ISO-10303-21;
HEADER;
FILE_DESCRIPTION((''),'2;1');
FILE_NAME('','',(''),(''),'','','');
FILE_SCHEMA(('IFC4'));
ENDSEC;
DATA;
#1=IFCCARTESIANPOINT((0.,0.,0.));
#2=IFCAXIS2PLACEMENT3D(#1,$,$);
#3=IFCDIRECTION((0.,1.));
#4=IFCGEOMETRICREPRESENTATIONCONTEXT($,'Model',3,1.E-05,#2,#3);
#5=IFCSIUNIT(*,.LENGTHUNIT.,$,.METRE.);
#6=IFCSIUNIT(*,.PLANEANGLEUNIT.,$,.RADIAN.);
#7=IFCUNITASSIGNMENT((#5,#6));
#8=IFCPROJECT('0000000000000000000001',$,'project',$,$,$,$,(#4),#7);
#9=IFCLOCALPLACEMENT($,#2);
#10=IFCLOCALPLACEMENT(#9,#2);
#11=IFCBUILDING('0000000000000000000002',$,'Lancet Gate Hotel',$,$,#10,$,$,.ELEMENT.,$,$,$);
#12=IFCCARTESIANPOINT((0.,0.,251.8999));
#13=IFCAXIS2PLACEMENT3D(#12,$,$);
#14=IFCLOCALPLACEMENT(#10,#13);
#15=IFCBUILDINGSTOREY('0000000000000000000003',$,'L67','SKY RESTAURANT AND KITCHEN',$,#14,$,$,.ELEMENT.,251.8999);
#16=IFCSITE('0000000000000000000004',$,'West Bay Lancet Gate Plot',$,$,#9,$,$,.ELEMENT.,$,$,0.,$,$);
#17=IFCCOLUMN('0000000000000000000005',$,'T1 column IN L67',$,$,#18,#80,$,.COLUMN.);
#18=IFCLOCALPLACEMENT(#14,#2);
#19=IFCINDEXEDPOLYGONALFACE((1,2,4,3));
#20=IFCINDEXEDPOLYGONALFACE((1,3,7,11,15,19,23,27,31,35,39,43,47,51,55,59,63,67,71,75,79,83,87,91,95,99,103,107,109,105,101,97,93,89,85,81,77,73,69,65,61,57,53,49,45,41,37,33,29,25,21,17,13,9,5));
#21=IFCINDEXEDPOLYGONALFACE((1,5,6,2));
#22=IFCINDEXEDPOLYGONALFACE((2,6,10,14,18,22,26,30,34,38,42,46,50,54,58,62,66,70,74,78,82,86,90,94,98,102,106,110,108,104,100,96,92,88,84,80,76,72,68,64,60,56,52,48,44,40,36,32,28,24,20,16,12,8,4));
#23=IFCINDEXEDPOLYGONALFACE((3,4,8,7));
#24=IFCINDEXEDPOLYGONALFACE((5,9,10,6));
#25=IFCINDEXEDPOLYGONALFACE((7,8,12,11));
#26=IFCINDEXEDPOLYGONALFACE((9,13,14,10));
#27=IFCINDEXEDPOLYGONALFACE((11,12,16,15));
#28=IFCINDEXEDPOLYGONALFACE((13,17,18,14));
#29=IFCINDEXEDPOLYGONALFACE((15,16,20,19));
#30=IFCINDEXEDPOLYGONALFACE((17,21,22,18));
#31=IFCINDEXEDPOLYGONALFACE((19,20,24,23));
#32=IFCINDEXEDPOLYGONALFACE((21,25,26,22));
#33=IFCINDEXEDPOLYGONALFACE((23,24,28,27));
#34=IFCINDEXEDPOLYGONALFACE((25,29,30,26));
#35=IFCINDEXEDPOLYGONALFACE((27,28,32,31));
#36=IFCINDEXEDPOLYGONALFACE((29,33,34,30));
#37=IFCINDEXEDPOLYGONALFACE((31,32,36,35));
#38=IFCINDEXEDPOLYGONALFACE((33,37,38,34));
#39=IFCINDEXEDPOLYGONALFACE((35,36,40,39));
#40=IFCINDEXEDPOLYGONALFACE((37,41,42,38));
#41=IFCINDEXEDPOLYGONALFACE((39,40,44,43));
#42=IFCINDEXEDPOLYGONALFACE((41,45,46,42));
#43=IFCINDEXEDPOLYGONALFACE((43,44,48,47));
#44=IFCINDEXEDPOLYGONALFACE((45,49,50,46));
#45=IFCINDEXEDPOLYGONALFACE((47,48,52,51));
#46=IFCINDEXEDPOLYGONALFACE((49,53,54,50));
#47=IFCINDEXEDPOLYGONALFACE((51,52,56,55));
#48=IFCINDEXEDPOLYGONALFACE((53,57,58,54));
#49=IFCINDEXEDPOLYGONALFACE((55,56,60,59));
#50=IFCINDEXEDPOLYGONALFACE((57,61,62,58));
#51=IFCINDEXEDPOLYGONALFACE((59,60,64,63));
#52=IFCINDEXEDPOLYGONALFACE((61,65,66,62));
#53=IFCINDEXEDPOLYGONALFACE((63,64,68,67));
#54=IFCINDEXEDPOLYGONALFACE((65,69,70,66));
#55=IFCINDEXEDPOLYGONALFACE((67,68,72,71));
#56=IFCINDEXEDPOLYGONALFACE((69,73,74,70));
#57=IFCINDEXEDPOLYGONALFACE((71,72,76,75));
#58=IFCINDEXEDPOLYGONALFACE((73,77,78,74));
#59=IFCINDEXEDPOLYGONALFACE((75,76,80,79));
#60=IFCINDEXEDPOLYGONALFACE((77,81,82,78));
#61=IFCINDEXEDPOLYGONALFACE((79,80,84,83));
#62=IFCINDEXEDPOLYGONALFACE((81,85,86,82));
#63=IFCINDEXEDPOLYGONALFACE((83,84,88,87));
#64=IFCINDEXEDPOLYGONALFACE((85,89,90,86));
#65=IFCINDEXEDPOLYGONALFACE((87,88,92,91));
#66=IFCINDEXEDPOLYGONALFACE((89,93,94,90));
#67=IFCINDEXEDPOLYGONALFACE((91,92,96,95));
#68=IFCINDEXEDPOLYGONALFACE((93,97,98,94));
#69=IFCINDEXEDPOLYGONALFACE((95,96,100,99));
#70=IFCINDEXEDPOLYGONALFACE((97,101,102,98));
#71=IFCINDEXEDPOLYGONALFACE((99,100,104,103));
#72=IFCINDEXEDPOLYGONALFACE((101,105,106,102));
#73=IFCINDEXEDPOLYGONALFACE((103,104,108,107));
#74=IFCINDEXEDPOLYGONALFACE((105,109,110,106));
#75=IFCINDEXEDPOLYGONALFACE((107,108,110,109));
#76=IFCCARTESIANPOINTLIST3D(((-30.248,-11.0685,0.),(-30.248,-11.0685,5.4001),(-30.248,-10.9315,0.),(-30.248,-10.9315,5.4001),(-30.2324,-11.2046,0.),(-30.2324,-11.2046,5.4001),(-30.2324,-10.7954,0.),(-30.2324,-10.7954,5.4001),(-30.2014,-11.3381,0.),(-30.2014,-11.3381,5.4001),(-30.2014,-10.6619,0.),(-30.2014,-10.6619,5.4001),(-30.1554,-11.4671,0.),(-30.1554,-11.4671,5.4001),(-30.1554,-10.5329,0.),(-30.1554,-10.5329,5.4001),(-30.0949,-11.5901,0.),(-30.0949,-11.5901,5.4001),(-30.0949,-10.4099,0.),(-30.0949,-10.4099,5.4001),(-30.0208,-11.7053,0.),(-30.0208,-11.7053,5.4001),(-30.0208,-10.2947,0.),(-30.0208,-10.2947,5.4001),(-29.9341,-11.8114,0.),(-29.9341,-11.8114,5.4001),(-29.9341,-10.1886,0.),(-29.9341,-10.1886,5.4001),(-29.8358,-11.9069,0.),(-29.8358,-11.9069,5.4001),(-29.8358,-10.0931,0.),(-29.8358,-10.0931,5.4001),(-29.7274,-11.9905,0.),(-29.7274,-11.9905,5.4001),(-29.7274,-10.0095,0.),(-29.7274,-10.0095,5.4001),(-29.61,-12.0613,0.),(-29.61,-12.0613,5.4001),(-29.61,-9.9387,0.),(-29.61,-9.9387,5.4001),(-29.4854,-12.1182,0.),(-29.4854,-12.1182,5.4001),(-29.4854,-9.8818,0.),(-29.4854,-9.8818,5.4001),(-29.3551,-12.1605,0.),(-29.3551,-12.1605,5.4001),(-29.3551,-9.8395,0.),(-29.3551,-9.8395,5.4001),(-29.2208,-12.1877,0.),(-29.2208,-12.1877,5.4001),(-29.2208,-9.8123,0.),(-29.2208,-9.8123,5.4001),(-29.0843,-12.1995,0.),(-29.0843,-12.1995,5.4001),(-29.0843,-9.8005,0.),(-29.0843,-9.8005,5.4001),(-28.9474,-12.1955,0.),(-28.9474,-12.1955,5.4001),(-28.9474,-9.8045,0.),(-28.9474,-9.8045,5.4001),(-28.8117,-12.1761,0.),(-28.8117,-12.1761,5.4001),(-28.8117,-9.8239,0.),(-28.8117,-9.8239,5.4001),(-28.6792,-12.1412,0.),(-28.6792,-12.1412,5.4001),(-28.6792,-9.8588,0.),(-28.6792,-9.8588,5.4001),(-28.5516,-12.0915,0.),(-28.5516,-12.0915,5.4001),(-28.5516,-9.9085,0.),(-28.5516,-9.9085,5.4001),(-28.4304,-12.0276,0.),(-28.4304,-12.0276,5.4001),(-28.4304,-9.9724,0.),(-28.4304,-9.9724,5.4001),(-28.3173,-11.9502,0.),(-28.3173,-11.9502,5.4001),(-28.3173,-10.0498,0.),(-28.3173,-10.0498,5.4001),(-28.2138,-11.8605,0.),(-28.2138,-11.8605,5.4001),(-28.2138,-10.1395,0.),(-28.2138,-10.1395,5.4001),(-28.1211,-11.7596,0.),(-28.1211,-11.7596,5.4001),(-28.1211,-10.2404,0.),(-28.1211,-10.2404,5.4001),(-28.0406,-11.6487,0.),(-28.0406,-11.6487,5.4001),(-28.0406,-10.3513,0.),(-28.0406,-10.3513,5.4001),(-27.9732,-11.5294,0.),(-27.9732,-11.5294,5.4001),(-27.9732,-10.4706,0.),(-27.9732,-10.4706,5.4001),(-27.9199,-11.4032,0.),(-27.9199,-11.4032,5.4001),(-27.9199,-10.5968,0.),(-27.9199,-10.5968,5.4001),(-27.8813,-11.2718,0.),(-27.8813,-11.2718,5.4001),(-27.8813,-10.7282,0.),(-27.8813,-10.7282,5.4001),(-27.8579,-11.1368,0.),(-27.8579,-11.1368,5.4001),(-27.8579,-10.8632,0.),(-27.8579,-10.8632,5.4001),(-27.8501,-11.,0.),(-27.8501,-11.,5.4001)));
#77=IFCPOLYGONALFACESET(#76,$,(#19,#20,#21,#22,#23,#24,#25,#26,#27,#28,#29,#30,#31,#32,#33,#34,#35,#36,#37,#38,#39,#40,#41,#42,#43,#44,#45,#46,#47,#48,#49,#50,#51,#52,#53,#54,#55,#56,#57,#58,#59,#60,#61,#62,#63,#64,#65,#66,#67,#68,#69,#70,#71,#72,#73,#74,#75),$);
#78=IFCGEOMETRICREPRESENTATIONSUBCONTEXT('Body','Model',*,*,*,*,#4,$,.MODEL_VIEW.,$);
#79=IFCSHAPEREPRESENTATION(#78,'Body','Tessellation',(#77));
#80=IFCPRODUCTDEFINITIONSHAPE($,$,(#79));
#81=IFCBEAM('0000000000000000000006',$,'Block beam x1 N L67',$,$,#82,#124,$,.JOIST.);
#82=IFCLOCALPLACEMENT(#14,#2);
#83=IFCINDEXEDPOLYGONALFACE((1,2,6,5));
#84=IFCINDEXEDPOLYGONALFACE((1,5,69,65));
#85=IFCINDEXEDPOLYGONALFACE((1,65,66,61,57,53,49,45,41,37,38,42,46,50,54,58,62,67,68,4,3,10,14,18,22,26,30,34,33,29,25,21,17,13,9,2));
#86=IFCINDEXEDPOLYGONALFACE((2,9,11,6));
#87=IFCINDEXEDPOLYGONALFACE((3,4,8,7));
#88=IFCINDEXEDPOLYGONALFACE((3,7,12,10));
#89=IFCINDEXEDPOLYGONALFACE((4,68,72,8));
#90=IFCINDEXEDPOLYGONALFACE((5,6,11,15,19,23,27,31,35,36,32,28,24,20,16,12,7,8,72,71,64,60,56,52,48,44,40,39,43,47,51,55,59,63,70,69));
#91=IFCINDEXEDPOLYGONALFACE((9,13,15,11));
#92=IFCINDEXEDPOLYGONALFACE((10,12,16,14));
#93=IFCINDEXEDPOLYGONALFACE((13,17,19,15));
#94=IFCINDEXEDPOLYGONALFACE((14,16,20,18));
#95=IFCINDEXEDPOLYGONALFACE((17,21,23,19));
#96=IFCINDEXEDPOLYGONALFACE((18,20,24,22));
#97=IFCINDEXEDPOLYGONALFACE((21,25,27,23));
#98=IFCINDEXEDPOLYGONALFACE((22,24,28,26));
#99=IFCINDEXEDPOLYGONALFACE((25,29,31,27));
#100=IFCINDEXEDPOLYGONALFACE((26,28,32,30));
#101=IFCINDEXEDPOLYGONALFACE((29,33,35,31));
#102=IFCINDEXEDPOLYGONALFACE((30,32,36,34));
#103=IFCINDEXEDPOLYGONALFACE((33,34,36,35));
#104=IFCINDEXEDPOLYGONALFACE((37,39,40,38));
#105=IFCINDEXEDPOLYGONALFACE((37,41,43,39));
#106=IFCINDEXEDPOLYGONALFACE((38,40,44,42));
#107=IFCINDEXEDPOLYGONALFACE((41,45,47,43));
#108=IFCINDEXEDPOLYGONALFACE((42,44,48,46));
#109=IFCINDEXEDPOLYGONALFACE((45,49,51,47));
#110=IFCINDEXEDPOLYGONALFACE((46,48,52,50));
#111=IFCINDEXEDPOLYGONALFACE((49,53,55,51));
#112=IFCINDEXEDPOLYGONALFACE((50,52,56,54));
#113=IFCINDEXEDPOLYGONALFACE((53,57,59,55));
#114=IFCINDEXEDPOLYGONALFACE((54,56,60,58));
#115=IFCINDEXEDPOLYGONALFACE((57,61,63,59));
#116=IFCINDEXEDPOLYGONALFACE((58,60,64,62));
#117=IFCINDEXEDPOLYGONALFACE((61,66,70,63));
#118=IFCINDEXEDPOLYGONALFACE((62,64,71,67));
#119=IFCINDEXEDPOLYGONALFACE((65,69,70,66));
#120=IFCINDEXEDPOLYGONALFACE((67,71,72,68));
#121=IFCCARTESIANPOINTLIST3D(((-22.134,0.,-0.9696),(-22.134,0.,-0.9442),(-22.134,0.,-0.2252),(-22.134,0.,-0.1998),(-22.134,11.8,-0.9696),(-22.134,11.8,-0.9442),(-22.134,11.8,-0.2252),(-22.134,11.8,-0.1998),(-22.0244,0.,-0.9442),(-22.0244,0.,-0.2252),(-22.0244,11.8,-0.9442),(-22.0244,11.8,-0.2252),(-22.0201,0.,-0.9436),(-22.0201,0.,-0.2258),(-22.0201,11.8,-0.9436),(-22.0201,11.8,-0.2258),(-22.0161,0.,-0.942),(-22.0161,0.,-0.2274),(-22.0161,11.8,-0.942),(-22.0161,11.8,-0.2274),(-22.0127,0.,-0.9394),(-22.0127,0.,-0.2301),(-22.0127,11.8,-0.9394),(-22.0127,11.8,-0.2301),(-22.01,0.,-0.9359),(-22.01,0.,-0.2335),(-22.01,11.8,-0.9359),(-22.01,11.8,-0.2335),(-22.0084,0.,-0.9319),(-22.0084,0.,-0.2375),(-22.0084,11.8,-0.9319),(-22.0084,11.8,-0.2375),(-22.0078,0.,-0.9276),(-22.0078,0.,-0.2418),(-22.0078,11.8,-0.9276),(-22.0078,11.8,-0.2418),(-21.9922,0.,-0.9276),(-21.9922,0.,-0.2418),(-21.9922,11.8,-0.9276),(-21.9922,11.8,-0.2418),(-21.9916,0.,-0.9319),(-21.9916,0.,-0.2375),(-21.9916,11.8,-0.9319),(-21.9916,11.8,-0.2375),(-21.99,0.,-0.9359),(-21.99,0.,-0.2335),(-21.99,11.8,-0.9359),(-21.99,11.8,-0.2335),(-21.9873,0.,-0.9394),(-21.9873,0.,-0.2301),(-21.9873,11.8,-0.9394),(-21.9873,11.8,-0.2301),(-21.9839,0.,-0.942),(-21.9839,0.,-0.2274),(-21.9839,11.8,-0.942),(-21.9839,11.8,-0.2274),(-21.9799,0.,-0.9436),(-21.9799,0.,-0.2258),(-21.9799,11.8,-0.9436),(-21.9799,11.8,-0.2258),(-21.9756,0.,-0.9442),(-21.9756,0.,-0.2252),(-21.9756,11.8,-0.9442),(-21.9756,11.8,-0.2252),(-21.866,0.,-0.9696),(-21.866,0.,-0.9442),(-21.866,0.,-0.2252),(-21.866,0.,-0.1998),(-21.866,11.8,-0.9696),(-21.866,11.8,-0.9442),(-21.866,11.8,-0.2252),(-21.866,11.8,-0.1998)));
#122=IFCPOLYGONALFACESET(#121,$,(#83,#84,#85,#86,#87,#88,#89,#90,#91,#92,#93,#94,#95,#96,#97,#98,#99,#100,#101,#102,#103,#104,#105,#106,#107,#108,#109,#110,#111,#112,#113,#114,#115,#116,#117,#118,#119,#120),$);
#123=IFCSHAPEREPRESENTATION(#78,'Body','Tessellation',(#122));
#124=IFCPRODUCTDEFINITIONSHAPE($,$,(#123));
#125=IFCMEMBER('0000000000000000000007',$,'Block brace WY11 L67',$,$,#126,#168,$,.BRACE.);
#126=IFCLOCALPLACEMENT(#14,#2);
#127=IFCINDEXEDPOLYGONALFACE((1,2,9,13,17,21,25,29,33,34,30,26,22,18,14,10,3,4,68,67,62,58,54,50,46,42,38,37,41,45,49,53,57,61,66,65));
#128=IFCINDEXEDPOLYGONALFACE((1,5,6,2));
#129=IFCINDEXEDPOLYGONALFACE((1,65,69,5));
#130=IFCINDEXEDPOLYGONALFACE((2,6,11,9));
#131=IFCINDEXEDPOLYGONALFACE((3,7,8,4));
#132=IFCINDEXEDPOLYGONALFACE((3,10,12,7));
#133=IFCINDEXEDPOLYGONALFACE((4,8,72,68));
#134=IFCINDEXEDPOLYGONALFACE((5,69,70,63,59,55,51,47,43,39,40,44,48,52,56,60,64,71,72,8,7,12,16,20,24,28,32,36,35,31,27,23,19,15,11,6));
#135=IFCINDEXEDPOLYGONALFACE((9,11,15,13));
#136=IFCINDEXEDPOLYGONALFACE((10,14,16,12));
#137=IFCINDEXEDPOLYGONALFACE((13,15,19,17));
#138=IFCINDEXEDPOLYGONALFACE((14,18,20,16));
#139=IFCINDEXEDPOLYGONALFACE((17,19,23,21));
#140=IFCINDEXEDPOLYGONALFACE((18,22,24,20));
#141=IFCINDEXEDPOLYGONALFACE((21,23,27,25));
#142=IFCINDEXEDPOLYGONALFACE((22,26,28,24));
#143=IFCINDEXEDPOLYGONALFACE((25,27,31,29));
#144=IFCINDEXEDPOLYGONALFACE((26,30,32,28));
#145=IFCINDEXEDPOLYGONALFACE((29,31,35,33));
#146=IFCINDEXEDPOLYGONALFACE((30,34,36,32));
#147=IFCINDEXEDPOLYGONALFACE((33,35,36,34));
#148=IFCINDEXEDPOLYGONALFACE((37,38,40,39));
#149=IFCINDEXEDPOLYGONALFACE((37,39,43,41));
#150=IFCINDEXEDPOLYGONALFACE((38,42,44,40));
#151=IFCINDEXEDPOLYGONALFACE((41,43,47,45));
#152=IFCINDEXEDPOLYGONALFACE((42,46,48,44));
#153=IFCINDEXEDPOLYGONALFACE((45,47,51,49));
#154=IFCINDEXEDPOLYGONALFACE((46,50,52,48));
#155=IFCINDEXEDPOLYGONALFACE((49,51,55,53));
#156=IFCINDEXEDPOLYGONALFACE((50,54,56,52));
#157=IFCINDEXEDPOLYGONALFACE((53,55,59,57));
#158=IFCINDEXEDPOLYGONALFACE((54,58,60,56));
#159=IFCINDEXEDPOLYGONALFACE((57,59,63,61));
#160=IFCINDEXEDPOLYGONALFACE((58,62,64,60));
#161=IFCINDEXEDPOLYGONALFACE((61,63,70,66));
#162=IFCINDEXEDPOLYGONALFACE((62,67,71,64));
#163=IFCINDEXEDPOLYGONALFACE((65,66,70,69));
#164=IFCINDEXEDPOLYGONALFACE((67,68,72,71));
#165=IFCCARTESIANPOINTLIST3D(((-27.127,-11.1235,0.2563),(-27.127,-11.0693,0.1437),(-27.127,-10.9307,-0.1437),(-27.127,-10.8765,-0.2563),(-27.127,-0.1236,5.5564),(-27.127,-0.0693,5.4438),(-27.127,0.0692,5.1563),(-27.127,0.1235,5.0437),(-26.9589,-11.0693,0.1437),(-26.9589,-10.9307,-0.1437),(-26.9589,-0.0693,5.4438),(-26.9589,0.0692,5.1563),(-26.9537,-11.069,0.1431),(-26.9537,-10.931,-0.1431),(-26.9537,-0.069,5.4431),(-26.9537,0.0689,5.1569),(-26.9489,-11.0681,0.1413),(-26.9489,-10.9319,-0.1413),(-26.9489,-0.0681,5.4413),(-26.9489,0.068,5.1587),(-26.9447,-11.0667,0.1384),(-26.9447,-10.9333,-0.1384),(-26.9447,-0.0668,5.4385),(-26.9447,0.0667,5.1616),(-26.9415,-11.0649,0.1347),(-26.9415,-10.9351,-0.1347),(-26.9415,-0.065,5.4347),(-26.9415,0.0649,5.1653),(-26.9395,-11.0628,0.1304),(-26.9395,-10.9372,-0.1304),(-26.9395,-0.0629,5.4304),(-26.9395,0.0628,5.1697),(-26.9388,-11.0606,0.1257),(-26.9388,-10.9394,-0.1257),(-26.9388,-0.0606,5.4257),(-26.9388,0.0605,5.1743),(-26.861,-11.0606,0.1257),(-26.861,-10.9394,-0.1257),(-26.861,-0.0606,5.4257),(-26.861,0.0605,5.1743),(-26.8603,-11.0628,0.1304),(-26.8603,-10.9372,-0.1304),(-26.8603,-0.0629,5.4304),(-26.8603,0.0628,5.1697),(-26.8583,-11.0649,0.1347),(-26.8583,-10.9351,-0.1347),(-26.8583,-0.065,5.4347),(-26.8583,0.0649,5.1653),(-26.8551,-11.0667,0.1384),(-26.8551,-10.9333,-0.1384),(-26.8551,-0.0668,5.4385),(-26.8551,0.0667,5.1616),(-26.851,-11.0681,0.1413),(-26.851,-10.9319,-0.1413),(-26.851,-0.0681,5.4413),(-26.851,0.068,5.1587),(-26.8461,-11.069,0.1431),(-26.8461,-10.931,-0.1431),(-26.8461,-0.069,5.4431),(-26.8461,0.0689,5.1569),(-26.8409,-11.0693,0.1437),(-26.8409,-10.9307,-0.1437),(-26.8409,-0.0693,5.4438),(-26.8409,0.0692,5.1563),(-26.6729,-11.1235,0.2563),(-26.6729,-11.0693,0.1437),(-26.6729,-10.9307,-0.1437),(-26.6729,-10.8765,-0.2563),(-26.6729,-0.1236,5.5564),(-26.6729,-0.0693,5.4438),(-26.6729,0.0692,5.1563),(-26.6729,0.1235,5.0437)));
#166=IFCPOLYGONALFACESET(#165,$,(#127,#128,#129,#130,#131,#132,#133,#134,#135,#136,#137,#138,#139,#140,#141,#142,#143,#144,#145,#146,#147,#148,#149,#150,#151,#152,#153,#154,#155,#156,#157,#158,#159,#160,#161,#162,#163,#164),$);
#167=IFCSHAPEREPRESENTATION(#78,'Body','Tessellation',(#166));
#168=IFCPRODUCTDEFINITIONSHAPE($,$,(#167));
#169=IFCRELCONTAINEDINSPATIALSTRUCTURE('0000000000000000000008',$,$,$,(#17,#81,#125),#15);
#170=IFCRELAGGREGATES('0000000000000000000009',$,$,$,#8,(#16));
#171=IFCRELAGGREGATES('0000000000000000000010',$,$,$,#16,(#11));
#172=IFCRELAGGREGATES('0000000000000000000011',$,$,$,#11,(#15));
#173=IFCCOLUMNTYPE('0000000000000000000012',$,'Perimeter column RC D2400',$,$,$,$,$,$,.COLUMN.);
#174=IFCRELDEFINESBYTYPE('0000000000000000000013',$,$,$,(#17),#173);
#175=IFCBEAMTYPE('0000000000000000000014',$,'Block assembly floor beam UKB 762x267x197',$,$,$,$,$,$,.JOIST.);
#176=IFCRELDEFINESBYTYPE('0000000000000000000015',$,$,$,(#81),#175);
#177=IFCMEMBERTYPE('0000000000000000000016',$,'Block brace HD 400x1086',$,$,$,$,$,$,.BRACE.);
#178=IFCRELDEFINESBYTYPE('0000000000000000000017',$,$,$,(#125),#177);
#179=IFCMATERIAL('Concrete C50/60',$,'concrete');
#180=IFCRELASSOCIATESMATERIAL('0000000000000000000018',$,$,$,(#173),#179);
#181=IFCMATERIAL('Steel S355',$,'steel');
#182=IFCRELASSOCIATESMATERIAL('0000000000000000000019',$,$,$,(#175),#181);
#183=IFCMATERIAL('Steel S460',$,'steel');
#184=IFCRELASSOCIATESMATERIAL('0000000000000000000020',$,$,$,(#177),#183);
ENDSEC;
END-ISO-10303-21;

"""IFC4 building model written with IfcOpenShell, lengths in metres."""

from ifc_helpers import new_model, si_unit, direction, frame, origin, origin_2d, place, context, subcontext, project, spatial, circle, i_section, extrude, material, material_profile, profile_set, type_object, element, save


model = new_model("IFC4")

# Units and contexts
model_context = context("Model", 3, precision=1e-05, world=origin(), true_north=direction((0.0, 1.0)))
body_context = subcontext(model_context, "Body", "Model", "MODEL_VIEW")
ifc_project = project(units=[si_unit("LENGTHUNIT", "METRE"), si_unit("PLANEANGLEUNIT", "RADIAN")], contexts=[model_context])

# Site, building, storey
site_placement = place(None, origin())
site = spatial("IfcSite", under=ifc_project, at=site_placement, Name="West Bay Lancet Gate Plot", CompositionType="ELEMENT", RefElevation=0.0)
building_placement = place(site_placement, origin())
building = spatial("IfcBuilding", under=site, at=building_placement, Name="Lancet Gate Hotel", CompositionType="ELEMENT")
storey_placement = place(building_placement, frame((0.0, 0.0, 251.8999)))
storey = spatial("IfcBuildingStorey", under=building, at=storey_placement, Name="L67", Description="SKY RESTAURANT AND KITCHEN", CompositionType="ELEMENT", Elevation=251.8999)

# Column
ifc_material_1 = material(Name="Concrete C50/60", Category="concrete")
ifc_material_profile_1 = material_profile(ifc_material_1, circle(Radius=1.2, at=origin_2d()), Name="RC D2400")
ifc_profile_set_1 = profile_set([ifc_material_profile_1], Name="Concrete C50/60")
column_type_1 = type_object("IfcColumnType", Name="Perimeter column RC D2400", PredefinedType="COLUMN", material=ifc_profile_set_1)
column_placement = place(storey_placement, frame((-29.05, -11.0, 0.0), z_axis=(0.0, 0.0, 1.0), x_axis=(1.0, 0.0, 0.0)))
element("IfcColumn", 1, at=column_placement, inside=storey, type_object=column_type_1, Name="T1 column IN L67", PredefinedType="COLUMN", context=body_context, shape_type="SweptSolid", body=[
    extrude(circle(Radius=1.2, at=origin_2d()), origin(), (0.0, 0.0, 1.0), 5.4001),
])

# Beam
ifc_material_2 = material(Name="Steel S355", Category="steel")
ifc_material_profile_2 = material_profile(ifc_material_2, i_section(OverallWidth=0.2681, OverallDepth=0.7698, WebThickness=0.0156, FlangeThickness=0.0254, FilletRadius=0.0166, at=origin_2d()), Name="UKB 762x267x197")
ifc_profile_set_2 = profile_set([ifc_material_profile_2], Name="Steel S355")
beam_type_1 = type_object("IfcBeamType", Name="Block assembly floor beam UKB 762x267x197", PredefinedType="JOIST", material=ifc_profile_set_2)
beam_1_placement = place(storey_placement, frame((-22.0, 0.0, -0.5847), z_axis=(0.0, 1.0, 0.0), x_axis=(-1.0, 0.0, 0.0)))
element("IfcBeam", 2, at=beam_1_placement, inside=storey, type_object=beam_type_1, Name="Block beam x1 N L67", PredefinedType="JOIST", context=body_context, shape_type="SweptSolid", body=[
    extrude(i_section(OverallWidth=0.2681, OverallDepth=0.7698, WebThickness=0.0156, FlangeThickness=0.0254, FilletRadius=0.0166, at=origin_2d()), origin(), (0.0, 0.0, 1.0), 11.8),
])

# Member
ifc_material_3 = material(Name="Steel S460", Category="steel")
ifc_material_profile_3 = material_profile(ifc_material_3, i_section(OverallWidth=0.4541, OverallDepth=0.5691, WebThickness=0.0779, FlangeThickness=0.125, FilletRadius=0.02, at=origin_2d()), Name="HD 400x1086")
ifc_profile_set_3 = profile_set([ifc_material_profile_3], Name="Steel S460")
member_type = type_object("IfcMemberType", Name="Block brace HD 400x1086", PredefinedType="BRACE", material=ifc_profile_set_3)
member_1_placement = place(storey_placement, frame((-26.8999, -11.0, 0.0), z_axis=(0.0, 0.900882, 0.434065), x_axis=(-1.0, 0.0, 0.0)))
element("IfcMember", 3, at=member_1_placement, inside=storey, type_object=member_type, Name="Block brace WY11 L67", PredefinedType="BRACE", context=body_context, shape_type="SweptSolid", body=[
    extrude(i_section(OverallWidth=0.4541, OverallDepth=0.5691, WebThickness=0.0779, FlangeThickness=0.125, FilletRadius=0.02, at=origin_2d()), origin(), (0.0, 0.0, 1.0), 12.2102),
])

save(model, "model.ifc")
